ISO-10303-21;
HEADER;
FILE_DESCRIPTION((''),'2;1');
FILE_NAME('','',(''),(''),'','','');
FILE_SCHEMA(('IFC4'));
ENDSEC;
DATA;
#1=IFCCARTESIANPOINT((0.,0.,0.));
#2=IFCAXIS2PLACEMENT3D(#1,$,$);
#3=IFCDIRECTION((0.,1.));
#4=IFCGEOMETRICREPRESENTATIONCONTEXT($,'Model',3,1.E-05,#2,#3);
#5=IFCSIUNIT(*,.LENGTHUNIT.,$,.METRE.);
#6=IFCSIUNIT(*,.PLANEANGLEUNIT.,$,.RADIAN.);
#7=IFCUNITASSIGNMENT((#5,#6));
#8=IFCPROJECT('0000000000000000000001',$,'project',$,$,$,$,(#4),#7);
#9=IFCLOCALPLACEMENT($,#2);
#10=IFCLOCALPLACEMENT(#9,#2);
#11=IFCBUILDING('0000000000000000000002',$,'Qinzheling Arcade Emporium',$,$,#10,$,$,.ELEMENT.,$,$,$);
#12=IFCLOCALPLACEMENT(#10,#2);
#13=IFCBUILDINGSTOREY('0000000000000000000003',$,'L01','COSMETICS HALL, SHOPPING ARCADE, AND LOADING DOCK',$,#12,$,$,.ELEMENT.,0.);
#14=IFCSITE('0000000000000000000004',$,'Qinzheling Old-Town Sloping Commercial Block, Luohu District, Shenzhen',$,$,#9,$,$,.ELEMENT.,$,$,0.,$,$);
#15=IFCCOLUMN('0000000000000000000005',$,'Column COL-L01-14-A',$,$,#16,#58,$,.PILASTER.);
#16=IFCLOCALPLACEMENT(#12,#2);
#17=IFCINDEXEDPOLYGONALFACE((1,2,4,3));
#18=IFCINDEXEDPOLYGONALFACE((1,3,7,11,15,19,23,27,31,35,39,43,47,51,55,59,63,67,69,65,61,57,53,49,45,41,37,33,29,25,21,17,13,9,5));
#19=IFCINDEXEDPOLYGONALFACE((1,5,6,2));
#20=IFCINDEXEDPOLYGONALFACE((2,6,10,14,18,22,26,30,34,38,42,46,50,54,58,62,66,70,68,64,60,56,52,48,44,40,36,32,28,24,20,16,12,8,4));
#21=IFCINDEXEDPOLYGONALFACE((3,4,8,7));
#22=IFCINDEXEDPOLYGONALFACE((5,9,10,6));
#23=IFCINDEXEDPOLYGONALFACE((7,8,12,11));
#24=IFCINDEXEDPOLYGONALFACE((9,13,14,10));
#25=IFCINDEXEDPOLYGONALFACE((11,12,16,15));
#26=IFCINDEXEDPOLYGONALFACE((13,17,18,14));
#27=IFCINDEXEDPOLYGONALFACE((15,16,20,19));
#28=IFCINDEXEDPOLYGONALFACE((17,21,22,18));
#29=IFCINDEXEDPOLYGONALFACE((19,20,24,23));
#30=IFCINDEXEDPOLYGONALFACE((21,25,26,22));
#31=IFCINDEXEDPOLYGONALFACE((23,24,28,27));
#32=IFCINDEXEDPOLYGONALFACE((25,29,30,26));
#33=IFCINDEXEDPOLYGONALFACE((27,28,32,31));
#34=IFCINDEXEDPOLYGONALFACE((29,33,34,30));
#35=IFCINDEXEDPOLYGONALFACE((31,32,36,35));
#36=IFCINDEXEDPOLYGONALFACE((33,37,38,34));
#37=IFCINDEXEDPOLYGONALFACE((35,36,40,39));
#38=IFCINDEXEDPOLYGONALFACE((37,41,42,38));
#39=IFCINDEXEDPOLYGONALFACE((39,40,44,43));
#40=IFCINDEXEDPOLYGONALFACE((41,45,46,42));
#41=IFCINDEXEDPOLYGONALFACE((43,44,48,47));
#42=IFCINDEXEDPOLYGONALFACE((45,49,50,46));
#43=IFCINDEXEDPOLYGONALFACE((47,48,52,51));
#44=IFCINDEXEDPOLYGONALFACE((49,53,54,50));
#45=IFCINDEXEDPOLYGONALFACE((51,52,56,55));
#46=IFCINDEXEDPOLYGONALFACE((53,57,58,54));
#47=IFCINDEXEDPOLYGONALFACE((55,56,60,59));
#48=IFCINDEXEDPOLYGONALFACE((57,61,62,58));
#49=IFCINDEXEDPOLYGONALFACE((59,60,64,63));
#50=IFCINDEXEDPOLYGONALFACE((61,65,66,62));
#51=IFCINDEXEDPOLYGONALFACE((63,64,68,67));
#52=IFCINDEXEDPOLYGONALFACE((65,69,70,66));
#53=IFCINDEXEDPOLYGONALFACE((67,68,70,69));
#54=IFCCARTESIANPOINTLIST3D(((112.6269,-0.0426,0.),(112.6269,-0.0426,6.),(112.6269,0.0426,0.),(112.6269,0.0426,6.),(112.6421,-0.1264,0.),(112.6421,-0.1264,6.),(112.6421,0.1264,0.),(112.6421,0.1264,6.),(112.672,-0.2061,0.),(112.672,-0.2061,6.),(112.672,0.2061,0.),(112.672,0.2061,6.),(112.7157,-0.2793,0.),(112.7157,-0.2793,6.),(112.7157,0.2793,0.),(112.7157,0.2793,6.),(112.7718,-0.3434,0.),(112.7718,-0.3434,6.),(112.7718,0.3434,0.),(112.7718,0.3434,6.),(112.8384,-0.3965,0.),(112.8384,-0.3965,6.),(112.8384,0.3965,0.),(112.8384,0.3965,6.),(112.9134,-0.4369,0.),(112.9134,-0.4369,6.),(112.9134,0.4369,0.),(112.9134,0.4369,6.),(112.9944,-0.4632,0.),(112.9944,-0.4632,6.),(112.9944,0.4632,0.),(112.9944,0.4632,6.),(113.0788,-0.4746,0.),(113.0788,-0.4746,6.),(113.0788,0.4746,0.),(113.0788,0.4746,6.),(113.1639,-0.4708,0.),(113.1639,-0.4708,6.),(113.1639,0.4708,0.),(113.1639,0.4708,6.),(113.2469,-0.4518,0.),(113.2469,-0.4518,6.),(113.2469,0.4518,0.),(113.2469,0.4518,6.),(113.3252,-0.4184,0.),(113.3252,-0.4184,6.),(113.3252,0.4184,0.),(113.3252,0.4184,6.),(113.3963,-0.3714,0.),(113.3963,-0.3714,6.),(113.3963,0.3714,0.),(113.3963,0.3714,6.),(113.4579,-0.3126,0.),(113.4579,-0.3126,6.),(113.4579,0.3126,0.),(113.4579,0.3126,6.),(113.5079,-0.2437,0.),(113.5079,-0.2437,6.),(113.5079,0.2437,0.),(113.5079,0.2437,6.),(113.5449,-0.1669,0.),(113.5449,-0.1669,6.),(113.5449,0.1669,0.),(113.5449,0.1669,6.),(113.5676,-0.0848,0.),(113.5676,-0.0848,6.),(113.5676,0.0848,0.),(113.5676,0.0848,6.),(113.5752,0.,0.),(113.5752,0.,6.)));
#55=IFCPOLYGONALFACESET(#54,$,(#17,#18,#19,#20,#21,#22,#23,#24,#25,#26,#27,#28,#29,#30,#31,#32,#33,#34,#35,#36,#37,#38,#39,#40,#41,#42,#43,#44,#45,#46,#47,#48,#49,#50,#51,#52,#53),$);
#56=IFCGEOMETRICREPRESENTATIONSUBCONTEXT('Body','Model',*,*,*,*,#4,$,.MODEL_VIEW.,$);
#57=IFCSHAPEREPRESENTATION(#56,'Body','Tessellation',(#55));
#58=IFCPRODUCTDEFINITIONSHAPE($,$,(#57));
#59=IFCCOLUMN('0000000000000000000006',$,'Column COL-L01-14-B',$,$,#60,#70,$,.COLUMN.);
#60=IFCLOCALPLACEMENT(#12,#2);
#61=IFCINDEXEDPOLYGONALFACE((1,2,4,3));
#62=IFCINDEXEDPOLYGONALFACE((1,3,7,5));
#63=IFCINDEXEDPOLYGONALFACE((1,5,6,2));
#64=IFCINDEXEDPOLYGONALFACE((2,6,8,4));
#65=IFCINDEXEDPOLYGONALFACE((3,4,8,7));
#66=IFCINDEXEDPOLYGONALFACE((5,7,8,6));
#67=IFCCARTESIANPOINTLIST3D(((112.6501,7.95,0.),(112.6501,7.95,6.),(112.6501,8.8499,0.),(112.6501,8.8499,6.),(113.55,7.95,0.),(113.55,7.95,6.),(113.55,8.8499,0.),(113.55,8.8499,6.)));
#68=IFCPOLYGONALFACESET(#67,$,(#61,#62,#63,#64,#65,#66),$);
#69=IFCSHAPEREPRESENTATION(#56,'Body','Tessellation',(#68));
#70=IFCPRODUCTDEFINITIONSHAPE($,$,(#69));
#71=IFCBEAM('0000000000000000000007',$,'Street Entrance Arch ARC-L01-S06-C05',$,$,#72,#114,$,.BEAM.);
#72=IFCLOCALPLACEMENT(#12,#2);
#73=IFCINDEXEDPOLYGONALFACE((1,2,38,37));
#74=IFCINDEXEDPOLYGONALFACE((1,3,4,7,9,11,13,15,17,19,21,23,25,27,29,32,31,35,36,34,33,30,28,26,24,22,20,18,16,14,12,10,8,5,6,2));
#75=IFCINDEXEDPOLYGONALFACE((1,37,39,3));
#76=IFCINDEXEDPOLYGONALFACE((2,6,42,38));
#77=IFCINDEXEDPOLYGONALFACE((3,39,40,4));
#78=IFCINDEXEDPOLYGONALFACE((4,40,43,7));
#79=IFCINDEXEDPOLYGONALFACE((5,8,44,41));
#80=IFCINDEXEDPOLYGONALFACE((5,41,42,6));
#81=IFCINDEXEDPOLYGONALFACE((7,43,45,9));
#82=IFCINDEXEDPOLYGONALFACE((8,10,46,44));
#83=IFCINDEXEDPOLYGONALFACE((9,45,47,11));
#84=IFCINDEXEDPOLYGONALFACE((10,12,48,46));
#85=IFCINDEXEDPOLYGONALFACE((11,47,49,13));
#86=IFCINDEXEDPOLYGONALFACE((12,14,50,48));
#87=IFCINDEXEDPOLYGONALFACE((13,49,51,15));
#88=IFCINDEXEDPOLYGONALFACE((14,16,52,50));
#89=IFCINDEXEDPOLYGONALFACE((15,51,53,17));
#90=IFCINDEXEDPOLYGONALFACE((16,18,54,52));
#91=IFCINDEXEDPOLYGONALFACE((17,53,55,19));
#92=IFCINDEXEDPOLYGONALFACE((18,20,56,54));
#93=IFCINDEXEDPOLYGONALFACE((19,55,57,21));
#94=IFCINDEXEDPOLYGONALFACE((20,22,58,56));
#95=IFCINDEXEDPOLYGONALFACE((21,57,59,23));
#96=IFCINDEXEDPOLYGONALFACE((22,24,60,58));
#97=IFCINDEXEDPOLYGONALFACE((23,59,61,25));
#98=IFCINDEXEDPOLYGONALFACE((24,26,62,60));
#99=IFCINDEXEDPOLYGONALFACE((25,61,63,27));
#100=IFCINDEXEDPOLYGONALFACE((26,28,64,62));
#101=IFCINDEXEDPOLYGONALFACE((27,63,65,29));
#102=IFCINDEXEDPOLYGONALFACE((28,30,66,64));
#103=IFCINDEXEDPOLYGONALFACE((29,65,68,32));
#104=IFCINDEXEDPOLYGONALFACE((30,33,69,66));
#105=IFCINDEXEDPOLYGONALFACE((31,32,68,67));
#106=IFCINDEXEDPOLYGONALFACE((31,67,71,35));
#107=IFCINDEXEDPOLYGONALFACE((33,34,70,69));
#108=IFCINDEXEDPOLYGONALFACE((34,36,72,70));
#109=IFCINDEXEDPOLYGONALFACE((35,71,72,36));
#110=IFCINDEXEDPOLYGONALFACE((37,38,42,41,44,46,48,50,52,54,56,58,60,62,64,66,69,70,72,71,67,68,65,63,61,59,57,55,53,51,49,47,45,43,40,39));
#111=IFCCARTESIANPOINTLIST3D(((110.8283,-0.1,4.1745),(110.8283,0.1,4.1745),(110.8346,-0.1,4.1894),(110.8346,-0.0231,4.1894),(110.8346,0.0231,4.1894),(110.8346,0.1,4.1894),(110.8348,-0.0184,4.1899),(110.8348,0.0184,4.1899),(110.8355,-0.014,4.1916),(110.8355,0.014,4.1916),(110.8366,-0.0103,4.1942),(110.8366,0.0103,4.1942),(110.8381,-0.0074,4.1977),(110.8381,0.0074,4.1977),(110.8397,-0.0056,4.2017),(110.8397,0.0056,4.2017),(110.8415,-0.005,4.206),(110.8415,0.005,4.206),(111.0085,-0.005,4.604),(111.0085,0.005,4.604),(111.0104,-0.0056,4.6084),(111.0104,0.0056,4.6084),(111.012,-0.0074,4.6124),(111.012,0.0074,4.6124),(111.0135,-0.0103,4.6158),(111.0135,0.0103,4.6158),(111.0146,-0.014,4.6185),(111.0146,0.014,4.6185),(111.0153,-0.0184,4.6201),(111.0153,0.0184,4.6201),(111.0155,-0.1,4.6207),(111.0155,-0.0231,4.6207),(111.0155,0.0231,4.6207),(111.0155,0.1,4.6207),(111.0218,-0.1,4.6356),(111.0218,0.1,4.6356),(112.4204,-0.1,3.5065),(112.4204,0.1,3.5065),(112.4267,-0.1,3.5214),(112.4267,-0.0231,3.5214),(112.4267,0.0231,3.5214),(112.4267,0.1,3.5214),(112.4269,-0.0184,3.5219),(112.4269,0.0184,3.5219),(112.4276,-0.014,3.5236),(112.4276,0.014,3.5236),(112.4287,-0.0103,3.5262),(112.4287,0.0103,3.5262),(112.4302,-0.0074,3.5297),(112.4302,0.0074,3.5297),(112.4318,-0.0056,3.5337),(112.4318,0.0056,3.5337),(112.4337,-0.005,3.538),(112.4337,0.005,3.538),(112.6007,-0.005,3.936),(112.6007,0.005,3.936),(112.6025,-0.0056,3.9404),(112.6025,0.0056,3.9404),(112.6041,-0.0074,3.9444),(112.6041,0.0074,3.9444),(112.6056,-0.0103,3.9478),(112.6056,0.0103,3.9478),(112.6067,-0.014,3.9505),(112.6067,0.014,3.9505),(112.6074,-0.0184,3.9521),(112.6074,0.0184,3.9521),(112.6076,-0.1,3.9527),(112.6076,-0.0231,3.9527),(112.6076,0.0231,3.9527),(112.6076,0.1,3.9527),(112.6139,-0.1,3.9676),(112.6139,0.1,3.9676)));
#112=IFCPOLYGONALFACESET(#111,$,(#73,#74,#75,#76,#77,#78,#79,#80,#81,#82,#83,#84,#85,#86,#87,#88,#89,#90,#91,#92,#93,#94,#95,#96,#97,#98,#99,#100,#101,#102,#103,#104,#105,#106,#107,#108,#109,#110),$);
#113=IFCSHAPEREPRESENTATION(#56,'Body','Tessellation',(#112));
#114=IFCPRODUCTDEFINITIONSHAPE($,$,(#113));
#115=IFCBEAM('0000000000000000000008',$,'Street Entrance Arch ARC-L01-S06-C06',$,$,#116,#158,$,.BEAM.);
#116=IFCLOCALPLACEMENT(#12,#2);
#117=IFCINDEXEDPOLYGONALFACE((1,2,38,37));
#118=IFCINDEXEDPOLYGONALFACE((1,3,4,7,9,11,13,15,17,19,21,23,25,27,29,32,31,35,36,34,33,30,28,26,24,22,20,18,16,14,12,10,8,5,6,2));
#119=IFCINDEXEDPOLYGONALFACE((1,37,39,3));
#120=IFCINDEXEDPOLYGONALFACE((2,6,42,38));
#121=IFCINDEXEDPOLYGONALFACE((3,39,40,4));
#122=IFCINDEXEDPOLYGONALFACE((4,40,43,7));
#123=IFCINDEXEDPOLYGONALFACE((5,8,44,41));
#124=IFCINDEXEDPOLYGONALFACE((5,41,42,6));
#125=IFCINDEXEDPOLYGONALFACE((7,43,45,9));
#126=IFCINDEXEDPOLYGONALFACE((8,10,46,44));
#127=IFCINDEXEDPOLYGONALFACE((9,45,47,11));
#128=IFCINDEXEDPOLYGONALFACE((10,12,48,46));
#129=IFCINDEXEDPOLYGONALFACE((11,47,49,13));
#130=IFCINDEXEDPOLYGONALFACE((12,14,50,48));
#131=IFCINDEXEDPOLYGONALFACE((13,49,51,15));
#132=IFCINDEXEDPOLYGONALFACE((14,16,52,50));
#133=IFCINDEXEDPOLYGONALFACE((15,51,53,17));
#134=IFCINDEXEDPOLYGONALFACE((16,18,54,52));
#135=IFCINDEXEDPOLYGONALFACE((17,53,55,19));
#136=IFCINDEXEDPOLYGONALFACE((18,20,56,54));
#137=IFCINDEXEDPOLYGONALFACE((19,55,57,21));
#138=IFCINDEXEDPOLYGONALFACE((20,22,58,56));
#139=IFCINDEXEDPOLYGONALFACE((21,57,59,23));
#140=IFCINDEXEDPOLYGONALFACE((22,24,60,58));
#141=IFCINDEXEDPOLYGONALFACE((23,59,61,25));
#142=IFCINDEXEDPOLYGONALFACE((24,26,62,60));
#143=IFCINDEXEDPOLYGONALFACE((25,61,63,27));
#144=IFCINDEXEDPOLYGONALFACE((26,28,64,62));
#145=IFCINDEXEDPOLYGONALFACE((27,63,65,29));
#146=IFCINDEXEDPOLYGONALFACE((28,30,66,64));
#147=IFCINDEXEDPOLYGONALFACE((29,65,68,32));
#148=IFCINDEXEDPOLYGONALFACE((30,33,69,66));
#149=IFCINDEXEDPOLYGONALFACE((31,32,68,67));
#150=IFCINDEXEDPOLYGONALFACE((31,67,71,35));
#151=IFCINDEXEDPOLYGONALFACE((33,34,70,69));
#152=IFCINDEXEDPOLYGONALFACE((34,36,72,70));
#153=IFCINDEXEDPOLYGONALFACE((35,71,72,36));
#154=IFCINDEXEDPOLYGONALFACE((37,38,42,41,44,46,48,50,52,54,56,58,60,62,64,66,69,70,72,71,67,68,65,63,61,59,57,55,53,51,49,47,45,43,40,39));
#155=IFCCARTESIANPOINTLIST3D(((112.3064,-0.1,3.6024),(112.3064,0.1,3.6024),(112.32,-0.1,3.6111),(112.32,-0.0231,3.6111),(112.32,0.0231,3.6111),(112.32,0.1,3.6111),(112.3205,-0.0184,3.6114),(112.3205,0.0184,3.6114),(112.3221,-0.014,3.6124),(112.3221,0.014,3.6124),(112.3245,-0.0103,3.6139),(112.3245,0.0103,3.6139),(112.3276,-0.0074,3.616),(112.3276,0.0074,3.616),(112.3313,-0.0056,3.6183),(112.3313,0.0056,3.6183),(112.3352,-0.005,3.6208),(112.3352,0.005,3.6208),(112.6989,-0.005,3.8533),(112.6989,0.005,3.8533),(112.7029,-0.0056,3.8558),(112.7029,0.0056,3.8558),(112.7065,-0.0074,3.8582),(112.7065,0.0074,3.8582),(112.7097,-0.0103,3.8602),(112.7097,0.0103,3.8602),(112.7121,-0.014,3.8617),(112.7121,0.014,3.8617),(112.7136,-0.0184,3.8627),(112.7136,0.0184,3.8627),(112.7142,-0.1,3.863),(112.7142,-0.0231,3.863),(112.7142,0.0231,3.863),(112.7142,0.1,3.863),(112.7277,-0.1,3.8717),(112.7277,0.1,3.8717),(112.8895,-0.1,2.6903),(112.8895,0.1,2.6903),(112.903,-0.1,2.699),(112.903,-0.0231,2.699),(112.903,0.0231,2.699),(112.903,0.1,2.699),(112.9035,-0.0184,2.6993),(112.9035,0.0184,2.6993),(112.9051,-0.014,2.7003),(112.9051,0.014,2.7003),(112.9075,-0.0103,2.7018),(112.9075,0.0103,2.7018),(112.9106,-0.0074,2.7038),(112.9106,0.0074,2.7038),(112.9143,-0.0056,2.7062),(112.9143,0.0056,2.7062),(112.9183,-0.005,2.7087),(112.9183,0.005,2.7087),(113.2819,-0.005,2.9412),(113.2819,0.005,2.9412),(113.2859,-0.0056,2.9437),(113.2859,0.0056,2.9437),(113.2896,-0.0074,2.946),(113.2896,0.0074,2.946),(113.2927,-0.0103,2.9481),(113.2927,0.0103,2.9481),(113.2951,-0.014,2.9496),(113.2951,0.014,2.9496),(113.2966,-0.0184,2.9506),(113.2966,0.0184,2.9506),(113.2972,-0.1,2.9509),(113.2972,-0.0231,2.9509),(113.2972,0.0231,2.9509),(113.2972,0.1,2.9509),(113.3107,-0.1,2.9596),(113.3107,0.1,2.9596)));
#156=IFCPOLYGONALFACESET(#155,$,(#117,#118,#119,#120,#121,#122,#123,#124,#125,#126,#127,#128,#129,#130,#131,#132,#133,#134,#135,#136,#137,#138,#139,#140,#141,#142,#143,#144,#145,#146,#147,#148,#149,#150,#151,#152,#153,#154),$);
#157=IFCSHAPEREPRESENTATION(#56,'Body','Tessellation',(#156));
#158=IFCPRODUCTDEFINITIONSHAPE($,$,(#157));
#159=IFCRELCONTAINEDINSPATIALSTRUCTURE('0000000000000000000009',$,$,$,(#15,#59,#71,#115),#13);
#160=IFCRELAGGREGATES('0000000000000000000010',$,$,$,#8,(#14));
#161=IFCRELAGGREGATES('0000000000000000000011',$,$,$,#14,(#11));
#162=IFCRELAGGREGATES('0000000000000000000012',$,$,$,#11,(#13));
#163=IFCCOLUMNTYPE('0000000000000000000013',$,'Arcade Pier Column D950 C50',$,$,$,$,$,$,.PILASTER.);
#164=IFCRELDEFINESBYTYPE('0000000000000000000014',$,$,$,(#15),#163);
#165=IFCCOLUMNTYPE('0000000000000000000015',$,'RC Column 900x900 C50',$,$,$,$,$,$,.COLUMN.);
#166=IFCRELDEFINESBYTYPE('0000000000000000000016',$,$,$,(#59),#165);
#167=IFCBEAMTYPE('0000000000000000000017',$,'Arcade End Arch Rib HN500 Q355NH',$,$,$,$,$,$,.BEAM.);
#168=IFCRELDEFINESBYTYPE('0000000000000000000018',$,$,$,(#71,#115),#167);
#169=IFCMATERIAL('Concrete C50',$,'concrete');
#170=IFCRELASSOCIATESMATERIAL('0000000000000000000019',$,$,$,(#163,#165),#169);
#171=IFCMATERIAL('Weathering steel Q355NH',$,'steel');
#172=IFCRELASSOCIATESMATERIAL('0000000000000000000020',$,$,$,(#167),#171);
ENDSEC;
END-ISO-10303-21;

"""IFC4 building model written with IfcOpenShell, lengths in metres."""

from ifc_helpers import new_model, si_unit, direction, frame, origin, origin_2d, place, context, subcontext, project, spatial, rectangle, circle, i_section, extrude, material, material_profile, profile_set, type_object, element, save


model = new_model("IFC4")

# Units and contexts
model_context = context("Model", 3, precision=1e-05, world=origin(), true_north=direction((0.0, 1.0)))
body_context = subcontext(model_context, "Body", "Model", "MODEL_VIEW")
ifc_project = project(units=[si_unit("LENGTHUNIT", "METRE"), si_unit("PLANEANGLEUNIT", "RADIAN")], contexts=[model_context])

# Site, building, storey
site_placement = place(None, origin())
site = spatial("IfcSite", under=ifc_project, at=site_placement, Name="Qinzheling Old-Town Sloping Commercial Block, Luohu District, Shenzhen", CompositionType="ELEMENT", RefElevation=0.0)
building_placement = place(site_placement, origin())
building = spatial("IfcBuilding", under=site, at=building_placement, Name="Qinzheling Arcade Emporium", CompositionType="ELEMENT")
storey_placement = place(building_placement, origin())
storey = spatial("IfcBuildingStorey", under=building, at=storey_placement, Name="L01", Description="COSMETICS HALL, SHOPPING ARCADE, AND LOADING DOCK", CompositionType="ELEMENT", Elevation=0.0)

# Columns
ifc_material_1 = material(Name="Concrete C50", Category="concrete")
ifc_material_profile_1 = material_profile(ifc_material_1, circle(Radius=0.4751, at=origin_2d()), Name="RC D950", Category="concrete")
ifc_profile_set_1 = profile_set([ifc_material_profile_1], Name="Concrete C50")
column_type_1 = type_object("IfcColumnType", Name="Arcade Pier Column D950 C50", PredefinedType="PILASTER", material=ifc_profile_set_1)
column_1_placement = place(storey_placement, frame((113.1001, 0.0, 0.0), z_axis=(0.0, 0.0, 1.0), x_axis=(1.0, 0.0, 0.0)))
element("IfcColumn", 1, at=column_1_placement, inside=storey, type_object=column_type_1, Name="Column COL-L01-14-A", PredefinedType="PILASTER", context=body_context, shape_type="SweptSolid", body=[
    extrude(circle(Radius=0.4751, at=origin_2d()), origin(), (0.0, 0.0, 1.0), 6.0),
])
ifc_material_profile_2 = material_profile(ifc_material_1, rectangle(XDim=0.8999, YDim=0.8999, at=origin_2d()), Name="RC 900x900", Category="concrete")
ifc_profile_set_2 = profile_set([ifc_material_profile_2], Name="Concrete C50")
column_type_2 = type_object("IfcColumnType", Name="RC Column 900x900 C50", PredefinedType="COLUMN", material=ifc_profile_set_2)
column_2_placement = place(storey_placement, frame((113.1001, 8.3999, 0.0), z_axis=(0.0, 0.0, 1.0), x_axis=(1.0, 0.0, 0.0)))
element("IfcColumn", 2, at=column_2_placement, inside=storey, type_object=column_type_2, Name="Column COL-L01-14-B", PredefinedType="COLUMN", context=body_context, shape_type="SweptSolid", body=[
    extrude(rectangle(XDim=0.8999, YDim=0.8999, at=origin_2d()), origin(), (0.0, 0.0, 1.0), 6.0),
])

# Beams
ifc_material_2 = material(Name="Weathering steel Q355NH", Category="steel")
ifc_material_profile_3 = material_profile(ifc_material_2, i_section(OverallWidth=0.2, OverallDepth=0.5, WebThickness=0.01, FlangeThickness=0.0161, FilletRadius=0.0181, at=origin_2d()), Name="HN 500x200x10x16", Category="steel")
ifc_profile_set_3 = profile_set([ifc_material_profile_3], Name="Weathering steel Q355NH")
beam_type_1 = type_object("IfcBeamType", Name="Arcade End Arch Rib HN500 Q355NH", PredefinedType="BEAM", material=ifc_profile_set_3)
beam_1_placement = place(storey_placement, frame((110.925, 0.0, 4.405), z_axis=(0.922124, 0.0, -0.386893), x_axis=(0.0, 1.0, 0.0)))
element("IfcBeam", 3, at=beam_1_placement, inside=storey, type_object=beam_type_1, Name="Street Entrance Arch ARC-L01-S06-C05", PredefinedType="BEAM", context=body_context, shape_type="SweptSolid", body=[
    extrude(i_section(OverallWidth=0.2, OverallDepth=0.5, WebThickness=0.01, FlangeThickness=0.0161, FilletRadius=0.0181, at=origin_2d()), origin(), (0.0, 0.0, 1.0), 1.7266),
])
for number, where, z_axis, x_axis, name in (
    (4, (112.5171, 0.0, 3.7371), (0.538567, 0.0, -0.842583), (0.0, 1.0, 0.0), "Street Entrance Arch ARC-L01-S06-C06"),
):
    element("IfcBeam", number, at=place(storey_placement, frame(where, z_axis=z_axis, x_axis=x_axis)), inside=storey, type_object=beam_type_1, Name=name, PredefinedType="BEAM", context=body_context, shape_type="SweptSolid", body=[
        extrude(i_section(OverallWidth=0.2, OverallDepth=0.5, WebThickness=0.01, FlangeThickness=0.0161, FilletRadius=0.0181, at=origin_2d()), origin(), (0.0, 0.0, 1.0), 1.0825),
    ])

save(model, "model.ifc")
